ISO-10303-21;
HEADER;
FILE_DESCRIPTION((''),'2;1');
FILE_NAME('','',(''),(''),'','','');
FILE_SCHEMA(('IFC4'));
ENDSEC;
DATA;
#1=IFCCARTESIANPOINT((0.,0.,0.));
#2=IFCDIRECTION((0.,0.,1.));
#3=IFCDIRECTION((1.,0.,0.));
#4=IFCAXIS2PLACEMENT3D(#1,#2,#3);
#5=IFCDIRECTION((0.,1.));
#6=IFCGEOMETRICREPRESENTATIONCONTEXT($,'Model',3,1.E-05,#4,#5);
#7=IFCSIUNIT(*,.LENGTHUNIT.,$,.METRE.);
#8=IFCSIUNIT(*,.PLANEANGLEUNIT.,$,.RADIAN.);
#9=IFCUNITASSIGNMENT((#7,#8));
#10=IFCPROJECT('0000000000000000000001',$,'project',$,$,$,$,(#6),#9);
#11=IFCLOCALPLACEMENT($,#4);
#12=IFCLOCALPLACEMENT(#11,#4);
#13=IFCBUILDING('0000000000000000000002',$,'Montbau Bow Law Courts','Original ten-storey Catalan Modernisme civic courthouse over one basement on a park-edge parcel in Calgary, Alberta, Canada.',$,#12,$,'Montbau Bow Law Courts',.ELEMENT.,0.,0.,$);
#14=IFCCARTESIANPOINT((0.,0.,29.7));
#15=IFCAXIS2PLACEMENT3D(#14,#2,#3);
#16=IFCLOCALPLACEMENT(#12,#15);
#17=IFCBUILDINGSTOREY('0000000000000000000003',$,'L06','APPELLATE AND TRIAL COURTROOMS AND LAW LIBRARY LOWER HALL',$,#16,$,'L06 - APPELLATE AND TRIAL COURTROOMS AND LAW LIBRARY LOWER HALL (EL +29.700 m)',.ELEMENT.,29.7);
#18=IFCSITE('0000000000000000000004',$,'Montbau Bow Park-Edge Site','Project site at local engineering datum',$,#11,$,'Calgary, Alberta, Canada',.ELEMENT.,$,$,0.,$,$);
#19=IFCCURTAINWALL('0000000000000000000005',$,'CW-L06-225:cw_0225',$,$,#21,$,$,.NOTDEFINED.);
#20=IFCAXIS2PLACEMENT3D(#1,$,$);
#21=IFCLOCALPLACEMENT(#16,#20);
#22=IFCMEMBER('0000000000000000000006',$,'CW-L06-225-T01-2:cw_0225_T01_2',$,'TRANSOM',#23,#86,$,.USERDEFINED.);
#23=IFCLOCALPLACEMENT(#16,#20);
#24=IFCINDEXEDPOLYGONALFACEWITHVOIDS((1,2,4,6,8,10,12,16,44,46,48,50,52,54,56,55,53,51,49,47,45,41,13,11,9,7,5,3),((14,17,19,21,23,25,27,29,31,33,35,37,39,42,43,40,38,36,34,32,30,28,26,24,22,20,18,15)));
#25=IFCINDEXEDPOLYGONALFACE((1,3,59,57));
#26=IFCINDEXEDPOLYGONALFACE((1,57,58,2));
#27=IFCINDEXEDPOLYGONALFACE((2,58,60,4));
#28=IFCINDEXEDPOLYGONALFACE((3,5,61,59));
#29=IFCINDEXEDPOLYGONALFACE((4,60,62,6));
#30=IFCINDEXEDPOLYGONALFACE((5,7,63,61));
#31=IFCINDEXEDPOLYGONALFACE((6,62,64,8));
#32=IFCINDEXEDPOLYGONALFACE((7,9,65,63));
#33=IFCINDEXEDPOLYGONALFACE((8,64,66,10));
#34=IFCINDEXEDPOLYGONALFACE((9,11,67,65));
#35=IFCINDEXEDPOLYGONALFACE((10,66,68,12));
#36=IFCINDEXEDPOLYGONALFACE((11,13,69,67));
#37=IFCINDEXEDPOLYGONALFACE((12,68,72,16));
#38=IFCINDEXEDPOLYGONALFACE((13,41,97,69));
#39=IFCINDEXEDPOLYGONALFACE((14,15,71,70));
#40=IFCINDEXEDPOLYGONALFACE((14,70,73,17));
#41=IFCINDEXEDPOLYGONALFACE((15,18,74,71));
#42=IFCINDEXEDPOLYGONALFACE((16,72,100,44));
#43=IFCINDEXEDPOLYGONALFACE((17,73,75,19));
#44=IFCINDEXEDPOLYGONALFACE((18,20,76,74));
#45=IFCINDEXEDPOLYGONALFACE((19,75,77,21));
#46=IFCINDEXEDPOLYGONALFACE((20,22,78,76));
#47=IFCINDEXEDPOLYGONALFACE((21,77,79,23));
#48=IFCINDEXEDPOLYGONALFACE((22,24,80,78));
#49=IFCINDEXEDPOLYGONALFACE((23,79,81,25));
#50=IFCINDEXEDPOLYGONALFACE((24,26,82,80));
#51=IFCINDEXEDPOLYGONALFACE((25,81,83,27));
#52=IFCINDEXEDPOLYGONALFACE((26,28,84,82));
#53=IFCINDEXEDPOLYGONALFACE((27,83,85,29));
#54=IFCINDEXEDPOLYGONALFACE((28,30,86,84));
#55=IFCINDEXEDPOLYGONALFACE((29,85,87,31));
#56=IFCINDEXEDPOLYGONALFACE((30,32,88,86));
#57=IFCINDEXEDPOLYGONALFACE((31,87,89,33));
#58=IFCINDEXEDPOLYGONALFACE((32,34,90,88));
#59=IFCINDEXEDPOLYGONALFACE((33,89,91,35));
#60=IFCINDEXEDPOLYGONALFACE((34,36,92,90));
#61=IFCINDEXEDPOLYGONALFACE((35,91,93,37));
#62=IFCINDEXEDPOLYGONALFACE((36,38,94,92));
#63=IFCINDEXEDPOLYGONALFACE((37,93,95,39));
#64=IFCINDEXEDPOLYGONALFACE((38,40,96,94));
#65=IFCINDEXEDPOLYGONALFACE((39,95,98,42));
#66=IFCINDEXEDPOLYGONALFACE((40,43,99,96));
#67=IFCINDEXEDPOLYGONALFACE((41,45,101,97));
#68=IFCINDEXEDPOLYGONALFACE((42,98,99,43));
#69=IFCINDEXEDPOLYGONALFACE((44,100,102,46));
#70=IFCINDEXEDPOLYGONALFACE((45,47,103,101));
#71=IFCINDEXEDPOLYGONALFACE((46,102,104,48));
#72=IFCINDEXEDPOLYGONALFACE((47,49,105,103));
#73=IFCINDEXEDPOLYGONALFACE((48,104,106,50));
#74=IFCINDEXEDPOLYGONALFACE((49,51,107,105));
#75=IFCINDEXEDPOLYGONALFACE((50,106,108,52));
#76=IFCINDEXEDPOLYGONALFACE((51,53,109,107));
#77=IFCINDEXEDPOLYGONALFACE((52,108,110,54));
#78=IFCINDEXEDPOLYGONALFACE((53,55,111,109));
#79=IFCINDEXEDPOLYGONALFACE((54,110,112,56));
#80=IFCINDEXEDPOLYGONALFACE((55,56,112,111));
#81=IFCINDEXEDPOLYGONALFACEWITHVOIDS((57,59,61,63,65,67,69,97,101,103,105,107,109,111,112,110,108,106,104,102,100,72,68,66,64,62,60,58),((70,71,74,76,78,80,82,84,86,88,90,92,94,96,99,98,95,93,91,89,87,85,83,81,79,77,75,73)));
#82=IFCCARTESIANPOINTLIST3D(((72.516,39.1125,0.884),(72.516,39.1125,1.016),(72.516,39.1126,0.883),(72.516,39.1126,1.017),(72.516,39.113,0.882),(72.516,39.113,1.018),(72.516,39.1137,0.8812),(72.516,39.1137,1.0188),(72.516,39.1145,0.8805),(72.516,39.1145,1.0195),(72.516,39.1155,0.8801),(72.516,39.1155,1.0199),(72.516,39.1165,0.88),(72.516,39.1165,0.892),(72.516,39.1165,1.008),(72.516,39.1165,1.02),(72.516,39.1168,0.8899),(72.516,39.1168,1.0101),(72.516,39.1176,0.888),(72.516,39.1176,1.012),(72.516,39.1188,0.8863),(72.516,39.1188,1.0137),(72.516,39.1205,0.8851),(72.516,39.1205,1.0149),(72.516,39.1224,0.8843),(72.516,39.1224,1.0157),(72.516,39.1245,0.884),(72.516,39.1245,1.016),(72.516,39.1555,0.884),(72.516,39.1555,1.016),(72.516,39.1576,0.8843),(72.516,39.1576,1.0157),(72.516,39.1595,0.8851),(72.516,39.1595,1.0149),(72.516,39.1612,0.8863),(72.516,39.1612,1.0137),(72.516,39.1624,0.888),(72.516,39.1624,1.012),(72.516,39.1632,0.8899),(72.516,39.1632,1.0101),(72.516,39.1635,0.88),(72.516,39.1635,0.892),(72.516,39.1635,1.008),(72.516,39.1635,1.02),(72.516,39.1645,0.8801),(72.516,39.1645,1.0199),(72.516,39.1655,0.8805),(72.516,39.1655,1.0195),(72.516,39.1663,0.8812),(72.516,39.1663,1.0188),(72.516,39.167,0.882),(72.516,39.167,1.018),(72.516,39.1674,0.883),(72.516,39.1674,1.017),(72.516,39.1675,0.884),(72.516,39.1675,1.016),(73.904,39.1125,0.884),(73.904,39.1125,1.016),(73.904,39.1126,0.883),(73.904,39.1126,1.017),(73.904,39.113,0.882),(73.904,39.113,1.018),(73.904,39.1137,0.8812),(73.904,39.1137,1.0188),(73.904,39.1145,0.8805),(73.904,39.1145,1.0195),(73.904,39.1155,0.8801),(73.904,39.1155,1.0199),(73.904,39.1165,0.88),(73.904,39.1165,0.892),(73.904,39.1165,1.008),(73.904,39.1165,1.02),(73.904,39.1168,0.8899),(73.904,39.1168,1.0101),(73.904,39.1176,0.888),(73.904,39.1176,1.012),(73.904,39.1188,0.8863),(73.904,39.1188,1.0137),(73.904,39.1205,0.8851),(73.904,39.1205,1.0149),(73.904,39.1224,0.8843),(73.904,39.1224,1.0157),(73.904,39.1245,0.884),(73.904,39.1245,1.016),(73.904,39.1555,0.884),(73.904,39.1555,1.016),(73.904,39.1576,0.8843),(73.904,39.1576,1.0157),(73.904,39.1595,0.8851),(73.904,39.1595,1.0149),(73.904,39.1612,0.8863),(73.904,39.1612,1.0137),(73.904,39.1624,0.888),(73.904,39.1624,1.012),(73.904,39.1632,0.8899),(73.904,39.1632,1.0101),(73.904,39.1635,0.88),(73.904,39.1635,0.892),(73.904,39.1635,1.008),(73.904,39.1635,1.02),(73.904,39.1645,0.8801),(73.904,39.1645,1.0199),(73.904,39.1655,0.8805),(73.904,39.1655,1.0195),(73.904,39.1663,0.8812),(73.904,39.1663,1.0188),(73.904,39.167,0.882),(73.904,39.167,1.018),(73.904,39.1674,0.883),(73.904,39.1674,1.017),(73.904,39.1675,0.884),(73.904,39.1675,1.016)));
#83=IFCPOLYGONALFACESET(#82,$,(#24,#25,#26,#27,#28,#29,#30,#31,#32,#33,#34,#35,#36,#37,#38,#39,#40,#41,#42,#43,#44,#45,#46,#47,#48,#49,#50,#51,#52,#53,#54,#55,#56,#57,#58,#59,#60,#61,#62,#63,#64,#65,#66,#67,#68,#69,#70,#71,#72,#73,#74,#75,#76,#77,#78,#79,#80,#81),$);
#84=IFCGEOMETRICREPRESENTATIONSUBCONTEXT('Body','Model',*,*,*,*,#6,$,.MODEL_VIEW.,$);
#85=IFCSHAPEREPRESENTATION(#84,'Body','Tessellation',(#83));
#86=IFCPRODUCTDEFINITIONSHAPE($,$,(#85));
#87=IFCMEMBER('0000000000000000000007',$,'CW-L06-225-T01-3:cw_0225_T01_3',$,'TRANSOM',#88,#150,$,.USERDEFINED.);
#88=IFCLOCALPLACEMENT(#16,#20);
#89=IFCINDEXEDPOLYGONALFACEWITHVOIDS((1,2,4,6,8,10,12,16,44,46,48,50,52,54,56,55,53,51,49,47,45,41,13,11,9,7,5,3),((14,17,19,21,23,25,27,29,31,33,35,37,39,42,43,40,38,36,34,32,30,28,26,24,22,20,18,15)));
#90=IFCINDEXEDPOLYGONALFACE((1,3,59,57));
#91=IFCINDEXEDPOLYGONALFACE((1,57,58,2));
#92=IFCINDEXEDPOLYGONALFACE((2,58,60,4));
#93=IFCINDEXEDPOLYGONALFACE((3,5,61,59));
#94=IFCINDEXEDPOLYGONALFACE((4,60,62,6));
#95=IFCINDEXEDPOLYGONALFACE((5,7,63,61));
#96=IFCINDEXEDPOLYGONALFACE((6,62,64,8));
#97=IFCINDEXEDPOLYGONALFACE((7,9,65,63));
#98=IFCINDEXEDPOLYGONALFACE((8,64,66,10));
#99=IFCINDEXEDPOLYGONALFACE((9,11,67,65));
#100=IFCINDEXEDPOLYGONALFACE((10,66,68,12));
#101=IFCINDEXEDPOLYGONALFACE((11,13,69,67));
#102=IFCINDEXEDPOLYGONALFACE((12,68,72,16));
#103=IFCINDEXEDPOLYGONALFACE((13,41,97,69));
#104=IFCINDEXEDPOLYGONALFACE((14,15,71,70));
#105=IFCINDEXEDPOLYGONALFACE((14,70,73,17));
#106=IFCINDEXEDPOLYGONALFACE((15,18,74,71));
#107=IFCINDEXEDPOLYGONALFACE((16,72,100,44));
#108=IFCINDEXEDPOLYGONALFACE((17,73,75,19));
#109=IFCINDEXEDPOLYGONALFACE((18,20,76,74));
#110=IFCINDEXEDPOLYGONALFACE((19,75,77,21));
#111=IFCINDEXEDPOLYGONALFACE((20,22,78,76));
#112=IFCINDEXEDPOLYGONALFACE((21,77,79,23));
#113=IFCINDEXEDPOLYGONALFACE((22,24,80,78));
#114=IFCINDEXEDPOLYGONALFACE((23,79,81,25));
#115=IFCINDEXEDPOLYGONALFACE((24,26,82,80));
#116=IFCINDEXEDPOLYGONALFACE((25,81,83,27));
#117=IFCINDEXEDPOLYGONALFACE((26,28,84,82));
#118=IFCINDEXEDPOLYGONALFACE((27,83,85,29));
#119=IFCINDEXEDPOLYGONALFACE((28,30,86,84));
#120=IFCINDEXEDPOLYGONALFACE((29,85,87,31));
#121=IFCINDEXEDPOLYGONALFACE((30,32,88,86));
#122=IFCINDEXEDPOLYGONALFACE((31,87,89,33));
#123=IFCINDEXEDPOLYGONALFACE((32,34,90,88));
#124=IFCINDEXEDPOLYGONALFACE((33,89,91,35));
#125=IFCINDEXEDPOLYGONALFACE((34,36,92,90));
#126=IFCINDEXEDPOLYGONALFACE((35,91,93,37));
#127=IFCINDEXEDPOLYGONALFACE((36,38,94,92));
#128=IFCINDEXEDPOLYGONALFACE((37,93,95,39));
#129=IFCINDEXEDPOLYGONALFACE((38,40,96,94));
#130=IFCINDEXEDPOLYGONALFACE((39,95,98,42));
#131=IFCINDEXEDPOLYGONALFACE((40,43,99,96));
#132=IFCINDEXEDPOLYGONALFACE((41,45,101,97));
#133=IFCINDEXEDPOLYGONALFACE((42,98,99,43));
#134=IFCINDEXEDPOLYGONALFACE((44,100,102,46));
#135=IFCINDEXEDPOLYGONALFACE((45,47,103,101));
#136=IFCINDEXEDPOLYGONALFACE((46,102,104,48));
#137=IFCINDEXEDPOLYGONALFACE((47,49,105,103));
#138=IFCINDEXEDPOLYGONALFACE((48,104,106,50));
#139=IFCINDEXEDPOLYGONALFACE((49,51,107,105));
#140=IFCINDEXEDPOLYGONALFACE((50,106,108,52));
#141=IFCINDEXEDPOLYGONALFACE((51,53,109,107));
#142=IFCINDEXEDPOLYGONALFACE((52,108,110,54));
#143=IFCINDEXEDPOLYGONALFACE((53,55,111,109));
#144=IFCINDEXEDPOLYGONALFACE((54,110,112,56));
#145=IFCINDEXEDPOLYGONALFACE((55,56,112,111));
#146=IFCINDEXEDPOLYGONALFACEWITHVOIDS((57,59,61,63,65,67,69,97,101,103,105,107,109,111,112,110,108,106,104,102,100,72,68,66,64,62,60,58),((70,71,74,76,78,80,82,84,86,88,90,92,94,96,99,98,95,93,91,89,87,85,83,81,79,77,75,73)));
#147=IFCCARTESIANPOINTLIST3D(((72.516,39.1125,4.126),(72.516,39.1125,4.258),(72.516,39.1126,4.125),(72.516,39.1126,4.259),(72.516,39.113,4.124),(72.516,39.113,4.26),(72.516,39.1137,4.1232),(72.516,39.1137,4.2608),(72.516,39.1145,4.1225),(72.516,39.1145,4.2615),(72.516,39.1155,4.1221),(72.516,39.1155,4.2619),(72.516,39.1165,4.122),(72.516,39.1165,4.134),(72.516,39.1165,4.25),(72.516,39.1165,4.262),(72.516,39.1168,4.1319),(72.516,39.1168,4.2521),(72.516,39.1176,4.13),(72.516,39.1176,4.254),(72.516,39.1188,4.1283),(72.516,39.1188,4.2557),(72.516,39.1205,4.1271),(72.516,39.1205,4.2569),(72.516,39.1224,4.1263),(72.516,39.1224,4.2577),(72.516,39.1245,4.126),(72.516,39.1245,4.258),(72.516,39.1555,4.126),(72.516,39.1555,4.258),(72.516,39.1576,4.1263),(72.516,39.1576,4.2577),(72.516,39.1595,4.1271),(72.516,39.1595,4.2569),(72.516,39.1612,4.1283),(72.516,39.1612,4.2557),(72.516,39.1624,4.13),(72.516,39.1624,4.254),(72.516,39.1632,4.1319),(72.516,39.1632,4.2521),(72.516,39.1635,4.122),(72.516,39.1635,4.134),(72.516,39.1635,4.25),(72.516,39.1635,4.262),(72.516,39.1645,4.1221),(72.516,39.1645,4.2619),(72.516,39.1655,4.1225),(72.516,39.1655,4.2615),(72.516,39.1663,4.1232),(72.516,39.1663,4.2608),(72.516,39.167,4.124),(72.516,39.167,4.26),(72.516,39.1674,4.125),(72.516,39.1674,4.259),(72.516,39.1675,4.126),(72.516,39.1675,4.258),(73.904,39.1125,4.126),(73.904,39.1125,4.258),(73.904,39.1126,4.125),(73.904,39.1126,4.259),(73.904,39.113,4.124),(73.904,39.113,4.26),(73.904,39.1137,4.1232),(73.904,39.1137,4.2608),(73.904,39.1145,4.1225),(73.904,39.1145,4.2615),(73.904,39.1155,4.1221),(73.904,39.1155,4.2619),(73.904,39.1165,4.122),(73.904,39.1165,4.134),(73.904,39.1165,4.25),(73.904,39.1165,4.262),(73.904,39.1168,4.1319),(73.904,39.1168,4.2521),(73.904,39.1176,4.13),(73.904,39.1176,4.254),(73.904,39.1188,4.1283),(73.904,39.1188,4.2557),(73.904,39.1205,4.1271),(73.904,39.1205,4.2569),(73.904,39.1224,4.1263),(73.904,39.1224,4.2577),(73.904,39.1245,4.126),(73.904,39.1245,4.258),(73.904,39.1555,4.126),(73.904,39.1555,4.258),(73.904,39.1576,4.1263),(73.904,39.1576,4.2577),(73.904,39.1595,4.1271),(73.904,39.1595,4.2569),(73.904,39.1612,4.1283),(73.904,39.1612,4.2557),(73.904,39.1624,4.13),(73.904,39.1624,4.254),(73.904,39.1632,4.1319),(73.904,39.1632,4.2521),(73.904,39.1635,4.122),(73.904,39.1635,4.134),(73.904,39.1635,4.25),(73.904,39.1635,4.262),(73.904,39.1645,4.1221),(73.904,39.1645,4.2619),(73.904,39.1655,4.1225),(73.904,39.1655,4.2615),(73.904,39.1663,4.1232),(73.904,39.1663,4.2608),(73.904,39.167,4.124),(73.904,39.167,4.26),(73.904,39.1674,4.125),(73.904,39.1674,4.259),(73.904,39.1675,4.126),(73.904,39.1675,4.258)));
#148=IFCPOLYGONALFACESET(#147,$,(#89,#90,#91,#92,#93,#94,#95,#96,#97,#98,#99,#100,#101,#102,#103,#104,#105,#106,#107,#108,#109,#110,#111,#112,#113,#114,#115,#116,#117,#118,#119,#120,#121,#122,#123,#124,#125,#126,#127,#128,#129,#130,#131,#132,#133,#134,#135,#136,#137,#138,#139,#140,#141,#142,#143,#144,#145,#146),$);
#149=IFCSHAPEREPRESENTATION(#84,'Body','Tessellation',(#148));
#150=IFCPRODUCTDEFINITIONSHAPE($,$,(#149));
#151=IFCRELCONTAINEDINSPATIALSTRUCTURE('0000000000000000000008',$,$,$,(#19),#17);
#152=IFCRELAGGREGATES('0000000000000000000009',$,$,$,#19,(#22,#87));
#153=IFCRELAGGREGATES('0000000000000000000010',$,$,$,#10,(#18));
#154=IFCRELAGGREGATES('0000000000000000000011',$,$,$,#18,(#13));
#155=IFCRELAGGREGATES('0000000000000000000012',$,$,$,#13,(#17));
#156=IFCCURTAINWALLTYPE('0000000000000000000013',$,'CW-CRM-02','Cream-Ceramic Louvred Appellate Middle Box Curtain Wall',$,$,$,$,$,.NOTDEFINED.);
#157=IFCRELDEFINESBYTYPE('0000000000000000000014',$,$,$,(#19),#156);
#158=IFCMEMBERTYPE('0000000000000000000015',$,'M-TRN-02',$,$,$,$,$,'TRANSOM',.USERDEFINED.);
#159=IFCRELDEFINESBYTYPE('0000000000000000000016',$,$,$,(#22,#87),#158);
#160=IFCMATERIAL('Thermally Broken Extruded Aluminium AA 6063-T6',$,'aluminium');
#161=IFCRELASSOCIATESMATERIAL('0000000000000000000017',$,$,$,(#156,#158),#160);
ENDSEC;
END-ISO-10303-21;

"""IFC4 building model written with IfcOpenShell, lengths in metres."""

from ifc_helpers import new_model, si_unit, direction, frame, origin_with_axes, origin_2d_with_axis, place, context, subcontext, project, spatial, hollow_rectangle, extrude, material, material_profile, profile_set, type_object, element, aggregate, save


model = new_model("IFC4")

# Units and contexts
model_context = context("Model", 3, precision=1e-05, world=origin_with_axes(), true_north=direction((0.0, 1.0)))
body_context = subcontext(model_context, "Body", "Model", "MODEL_VIEW")
ifc_project = project(units=[si_unit("LENGTHUNIT", "METRE"), si_unit("PLANEANGLEUNIT", "RADIAN")], contexts=[model_context])

# Site, building, storey
site_placement = place(None, origin_with_axes())
site = spatial("IfcSite", under=ifc_project, at=site_placement, Name="Montbau Bow Park-Edge Site", Description="Project site at local engineering datum", LongName="Calgary, Alberta, Canada", CompositionType="ELEMENT", RefElevation=0.0)
building_placement = place(site_placement, origin_with_axes())
building = spatial("IfcBuilding", under=site, at=building_placement, Name="Montbau Bow Law Courts", Description="Original ten-storey Catalan Modernisme civic courthouse over one basement on a park-edge parcel in Calgary, Alberta, Canada.", LongName="Montbau Bow Law Courts", CompositionType="ELEMENT", ElevationOfRefHeight=0.0, ElevationOfTerrain=0.0)
storey_placement = place(building_placement, frame((0.0, 0.0, 29.7), z_axis=(0.0, 0.0, 1.0), x_axis=(1.0, 0.0, 0.0)))
storey = spatial("IfcBuildingStorey", under=building, at=storey_placement, Name="L06", Description="APPELLATE AND TRIAL COURTROOMS AND LAW LIBRARY LOWER HALL", LongName="L06 - APPELLATE AND TRIAL COURTROOMS AND LAW LIBRARY LOWER HALL (EL +29.700 m)", CompositionType="ELEMENT", Elevation=29.7)

# Curtain wall
ifc_material_1 = material(Name="Thermally Broken Extruded Aluminium AA 6063-T6", Category="aluminium")
curtain_wall_type = type_object("IfcCurtainWallType", Name="CW-CRM-02", Description="Cream-Ceramic Louvred Appellate Middle Box Curtain Wall", PredefinedType="NOTDEFINED", material=ifc_material_1)
curtain_wall_1_placement = place(None, frame((72.44, 39.14, 29.7), z_axis=(0.0, 0.0, 1.0), x_axis=(1.0, 0.0, 0.0)))
curtain_wall_1 = element("IfcCurtainWall", 1, at=curtain_wall_1_placement, inside=storey, type_object=curtain_wall_type, Name="CW-L06-225:cw_0225", PredefinedType="NOTDEFINED")

# Members
ifc_material_profile_1 = material_profile(ifc_material_1, hollow_rectangle(XDim=0.055, YDim=0.14, WallThickness=0.004, InnerFilletRadius=0.008, OuterFilletRadius=0.004, at=origin_2d_with_axis()), Name="CWT-140X55", Category="Main", Priority=0)
ifc_profile_set_1 = profile_set([ifc_material_profile_1], Name="Thermally Broken Extruded Aluminium AA 6063-T6")
member_type_1 = type_object("IfcMemberType", Name="M-TRN-02", ElementType="TRANSOM", PredefinedType="USERDEFINED", material=ifc_profile_set_1)
member_1_placement = place(None, frame((72.516, 39.14, 30.65), z_axis=(1.0, 0.0, 0.0), x_axis=(0.0, 1.0, 0.0)))
member_1 = element("IfcMember", 2, at=member_1_placement, type_object=member_type_1, Name="CW-L06-225-T01-2:cw_0225_T01_2", ObjectType="TRANSOM", PredefinedType="USERDEFINED", context=body_context, shape_type="SweptSolid", body=[
    extrude(hollow_rectangle(XDim=0.055, YDim=0.14, WallThickness=0.004, InnerFilletRadius=0.008, OuterFilletRadius=0.004, at=origin_2d_with_axis()), origin_with_axes(), (0.0, 0.0, 1.0), 1.388),
])
member_2_placement = place(None, frame((72.516, 39.14, 33.892), z_axis=(1.0, 0.0, 0.0), x_axis=(0.0, 1.0, 0.0)))
member_2 = element("IfcMember", 3, at=member_2_placement, type_object=member_type_1, Name="CW-L06-225-T01-3:cw_0225_T01_3", ObjectType="TRANSOM", PredefinedType="USERDEFINED", context=body_context, shape_type="SweptSolid", body=[
    extrude(hollow_rectangle(XDim=0.055, YDim=0.14, WallThickness=0.004, InnerFilletRadius=0.008, OuterFilletRadius=0.004, at=origin_2d_with_axis()), origin_with_axes(), (0.0, 0.0, 1.0), 1.388),
])

aggregate(curtain_wall_1, [member_1, member_2])

save(model, "model.ifc")
